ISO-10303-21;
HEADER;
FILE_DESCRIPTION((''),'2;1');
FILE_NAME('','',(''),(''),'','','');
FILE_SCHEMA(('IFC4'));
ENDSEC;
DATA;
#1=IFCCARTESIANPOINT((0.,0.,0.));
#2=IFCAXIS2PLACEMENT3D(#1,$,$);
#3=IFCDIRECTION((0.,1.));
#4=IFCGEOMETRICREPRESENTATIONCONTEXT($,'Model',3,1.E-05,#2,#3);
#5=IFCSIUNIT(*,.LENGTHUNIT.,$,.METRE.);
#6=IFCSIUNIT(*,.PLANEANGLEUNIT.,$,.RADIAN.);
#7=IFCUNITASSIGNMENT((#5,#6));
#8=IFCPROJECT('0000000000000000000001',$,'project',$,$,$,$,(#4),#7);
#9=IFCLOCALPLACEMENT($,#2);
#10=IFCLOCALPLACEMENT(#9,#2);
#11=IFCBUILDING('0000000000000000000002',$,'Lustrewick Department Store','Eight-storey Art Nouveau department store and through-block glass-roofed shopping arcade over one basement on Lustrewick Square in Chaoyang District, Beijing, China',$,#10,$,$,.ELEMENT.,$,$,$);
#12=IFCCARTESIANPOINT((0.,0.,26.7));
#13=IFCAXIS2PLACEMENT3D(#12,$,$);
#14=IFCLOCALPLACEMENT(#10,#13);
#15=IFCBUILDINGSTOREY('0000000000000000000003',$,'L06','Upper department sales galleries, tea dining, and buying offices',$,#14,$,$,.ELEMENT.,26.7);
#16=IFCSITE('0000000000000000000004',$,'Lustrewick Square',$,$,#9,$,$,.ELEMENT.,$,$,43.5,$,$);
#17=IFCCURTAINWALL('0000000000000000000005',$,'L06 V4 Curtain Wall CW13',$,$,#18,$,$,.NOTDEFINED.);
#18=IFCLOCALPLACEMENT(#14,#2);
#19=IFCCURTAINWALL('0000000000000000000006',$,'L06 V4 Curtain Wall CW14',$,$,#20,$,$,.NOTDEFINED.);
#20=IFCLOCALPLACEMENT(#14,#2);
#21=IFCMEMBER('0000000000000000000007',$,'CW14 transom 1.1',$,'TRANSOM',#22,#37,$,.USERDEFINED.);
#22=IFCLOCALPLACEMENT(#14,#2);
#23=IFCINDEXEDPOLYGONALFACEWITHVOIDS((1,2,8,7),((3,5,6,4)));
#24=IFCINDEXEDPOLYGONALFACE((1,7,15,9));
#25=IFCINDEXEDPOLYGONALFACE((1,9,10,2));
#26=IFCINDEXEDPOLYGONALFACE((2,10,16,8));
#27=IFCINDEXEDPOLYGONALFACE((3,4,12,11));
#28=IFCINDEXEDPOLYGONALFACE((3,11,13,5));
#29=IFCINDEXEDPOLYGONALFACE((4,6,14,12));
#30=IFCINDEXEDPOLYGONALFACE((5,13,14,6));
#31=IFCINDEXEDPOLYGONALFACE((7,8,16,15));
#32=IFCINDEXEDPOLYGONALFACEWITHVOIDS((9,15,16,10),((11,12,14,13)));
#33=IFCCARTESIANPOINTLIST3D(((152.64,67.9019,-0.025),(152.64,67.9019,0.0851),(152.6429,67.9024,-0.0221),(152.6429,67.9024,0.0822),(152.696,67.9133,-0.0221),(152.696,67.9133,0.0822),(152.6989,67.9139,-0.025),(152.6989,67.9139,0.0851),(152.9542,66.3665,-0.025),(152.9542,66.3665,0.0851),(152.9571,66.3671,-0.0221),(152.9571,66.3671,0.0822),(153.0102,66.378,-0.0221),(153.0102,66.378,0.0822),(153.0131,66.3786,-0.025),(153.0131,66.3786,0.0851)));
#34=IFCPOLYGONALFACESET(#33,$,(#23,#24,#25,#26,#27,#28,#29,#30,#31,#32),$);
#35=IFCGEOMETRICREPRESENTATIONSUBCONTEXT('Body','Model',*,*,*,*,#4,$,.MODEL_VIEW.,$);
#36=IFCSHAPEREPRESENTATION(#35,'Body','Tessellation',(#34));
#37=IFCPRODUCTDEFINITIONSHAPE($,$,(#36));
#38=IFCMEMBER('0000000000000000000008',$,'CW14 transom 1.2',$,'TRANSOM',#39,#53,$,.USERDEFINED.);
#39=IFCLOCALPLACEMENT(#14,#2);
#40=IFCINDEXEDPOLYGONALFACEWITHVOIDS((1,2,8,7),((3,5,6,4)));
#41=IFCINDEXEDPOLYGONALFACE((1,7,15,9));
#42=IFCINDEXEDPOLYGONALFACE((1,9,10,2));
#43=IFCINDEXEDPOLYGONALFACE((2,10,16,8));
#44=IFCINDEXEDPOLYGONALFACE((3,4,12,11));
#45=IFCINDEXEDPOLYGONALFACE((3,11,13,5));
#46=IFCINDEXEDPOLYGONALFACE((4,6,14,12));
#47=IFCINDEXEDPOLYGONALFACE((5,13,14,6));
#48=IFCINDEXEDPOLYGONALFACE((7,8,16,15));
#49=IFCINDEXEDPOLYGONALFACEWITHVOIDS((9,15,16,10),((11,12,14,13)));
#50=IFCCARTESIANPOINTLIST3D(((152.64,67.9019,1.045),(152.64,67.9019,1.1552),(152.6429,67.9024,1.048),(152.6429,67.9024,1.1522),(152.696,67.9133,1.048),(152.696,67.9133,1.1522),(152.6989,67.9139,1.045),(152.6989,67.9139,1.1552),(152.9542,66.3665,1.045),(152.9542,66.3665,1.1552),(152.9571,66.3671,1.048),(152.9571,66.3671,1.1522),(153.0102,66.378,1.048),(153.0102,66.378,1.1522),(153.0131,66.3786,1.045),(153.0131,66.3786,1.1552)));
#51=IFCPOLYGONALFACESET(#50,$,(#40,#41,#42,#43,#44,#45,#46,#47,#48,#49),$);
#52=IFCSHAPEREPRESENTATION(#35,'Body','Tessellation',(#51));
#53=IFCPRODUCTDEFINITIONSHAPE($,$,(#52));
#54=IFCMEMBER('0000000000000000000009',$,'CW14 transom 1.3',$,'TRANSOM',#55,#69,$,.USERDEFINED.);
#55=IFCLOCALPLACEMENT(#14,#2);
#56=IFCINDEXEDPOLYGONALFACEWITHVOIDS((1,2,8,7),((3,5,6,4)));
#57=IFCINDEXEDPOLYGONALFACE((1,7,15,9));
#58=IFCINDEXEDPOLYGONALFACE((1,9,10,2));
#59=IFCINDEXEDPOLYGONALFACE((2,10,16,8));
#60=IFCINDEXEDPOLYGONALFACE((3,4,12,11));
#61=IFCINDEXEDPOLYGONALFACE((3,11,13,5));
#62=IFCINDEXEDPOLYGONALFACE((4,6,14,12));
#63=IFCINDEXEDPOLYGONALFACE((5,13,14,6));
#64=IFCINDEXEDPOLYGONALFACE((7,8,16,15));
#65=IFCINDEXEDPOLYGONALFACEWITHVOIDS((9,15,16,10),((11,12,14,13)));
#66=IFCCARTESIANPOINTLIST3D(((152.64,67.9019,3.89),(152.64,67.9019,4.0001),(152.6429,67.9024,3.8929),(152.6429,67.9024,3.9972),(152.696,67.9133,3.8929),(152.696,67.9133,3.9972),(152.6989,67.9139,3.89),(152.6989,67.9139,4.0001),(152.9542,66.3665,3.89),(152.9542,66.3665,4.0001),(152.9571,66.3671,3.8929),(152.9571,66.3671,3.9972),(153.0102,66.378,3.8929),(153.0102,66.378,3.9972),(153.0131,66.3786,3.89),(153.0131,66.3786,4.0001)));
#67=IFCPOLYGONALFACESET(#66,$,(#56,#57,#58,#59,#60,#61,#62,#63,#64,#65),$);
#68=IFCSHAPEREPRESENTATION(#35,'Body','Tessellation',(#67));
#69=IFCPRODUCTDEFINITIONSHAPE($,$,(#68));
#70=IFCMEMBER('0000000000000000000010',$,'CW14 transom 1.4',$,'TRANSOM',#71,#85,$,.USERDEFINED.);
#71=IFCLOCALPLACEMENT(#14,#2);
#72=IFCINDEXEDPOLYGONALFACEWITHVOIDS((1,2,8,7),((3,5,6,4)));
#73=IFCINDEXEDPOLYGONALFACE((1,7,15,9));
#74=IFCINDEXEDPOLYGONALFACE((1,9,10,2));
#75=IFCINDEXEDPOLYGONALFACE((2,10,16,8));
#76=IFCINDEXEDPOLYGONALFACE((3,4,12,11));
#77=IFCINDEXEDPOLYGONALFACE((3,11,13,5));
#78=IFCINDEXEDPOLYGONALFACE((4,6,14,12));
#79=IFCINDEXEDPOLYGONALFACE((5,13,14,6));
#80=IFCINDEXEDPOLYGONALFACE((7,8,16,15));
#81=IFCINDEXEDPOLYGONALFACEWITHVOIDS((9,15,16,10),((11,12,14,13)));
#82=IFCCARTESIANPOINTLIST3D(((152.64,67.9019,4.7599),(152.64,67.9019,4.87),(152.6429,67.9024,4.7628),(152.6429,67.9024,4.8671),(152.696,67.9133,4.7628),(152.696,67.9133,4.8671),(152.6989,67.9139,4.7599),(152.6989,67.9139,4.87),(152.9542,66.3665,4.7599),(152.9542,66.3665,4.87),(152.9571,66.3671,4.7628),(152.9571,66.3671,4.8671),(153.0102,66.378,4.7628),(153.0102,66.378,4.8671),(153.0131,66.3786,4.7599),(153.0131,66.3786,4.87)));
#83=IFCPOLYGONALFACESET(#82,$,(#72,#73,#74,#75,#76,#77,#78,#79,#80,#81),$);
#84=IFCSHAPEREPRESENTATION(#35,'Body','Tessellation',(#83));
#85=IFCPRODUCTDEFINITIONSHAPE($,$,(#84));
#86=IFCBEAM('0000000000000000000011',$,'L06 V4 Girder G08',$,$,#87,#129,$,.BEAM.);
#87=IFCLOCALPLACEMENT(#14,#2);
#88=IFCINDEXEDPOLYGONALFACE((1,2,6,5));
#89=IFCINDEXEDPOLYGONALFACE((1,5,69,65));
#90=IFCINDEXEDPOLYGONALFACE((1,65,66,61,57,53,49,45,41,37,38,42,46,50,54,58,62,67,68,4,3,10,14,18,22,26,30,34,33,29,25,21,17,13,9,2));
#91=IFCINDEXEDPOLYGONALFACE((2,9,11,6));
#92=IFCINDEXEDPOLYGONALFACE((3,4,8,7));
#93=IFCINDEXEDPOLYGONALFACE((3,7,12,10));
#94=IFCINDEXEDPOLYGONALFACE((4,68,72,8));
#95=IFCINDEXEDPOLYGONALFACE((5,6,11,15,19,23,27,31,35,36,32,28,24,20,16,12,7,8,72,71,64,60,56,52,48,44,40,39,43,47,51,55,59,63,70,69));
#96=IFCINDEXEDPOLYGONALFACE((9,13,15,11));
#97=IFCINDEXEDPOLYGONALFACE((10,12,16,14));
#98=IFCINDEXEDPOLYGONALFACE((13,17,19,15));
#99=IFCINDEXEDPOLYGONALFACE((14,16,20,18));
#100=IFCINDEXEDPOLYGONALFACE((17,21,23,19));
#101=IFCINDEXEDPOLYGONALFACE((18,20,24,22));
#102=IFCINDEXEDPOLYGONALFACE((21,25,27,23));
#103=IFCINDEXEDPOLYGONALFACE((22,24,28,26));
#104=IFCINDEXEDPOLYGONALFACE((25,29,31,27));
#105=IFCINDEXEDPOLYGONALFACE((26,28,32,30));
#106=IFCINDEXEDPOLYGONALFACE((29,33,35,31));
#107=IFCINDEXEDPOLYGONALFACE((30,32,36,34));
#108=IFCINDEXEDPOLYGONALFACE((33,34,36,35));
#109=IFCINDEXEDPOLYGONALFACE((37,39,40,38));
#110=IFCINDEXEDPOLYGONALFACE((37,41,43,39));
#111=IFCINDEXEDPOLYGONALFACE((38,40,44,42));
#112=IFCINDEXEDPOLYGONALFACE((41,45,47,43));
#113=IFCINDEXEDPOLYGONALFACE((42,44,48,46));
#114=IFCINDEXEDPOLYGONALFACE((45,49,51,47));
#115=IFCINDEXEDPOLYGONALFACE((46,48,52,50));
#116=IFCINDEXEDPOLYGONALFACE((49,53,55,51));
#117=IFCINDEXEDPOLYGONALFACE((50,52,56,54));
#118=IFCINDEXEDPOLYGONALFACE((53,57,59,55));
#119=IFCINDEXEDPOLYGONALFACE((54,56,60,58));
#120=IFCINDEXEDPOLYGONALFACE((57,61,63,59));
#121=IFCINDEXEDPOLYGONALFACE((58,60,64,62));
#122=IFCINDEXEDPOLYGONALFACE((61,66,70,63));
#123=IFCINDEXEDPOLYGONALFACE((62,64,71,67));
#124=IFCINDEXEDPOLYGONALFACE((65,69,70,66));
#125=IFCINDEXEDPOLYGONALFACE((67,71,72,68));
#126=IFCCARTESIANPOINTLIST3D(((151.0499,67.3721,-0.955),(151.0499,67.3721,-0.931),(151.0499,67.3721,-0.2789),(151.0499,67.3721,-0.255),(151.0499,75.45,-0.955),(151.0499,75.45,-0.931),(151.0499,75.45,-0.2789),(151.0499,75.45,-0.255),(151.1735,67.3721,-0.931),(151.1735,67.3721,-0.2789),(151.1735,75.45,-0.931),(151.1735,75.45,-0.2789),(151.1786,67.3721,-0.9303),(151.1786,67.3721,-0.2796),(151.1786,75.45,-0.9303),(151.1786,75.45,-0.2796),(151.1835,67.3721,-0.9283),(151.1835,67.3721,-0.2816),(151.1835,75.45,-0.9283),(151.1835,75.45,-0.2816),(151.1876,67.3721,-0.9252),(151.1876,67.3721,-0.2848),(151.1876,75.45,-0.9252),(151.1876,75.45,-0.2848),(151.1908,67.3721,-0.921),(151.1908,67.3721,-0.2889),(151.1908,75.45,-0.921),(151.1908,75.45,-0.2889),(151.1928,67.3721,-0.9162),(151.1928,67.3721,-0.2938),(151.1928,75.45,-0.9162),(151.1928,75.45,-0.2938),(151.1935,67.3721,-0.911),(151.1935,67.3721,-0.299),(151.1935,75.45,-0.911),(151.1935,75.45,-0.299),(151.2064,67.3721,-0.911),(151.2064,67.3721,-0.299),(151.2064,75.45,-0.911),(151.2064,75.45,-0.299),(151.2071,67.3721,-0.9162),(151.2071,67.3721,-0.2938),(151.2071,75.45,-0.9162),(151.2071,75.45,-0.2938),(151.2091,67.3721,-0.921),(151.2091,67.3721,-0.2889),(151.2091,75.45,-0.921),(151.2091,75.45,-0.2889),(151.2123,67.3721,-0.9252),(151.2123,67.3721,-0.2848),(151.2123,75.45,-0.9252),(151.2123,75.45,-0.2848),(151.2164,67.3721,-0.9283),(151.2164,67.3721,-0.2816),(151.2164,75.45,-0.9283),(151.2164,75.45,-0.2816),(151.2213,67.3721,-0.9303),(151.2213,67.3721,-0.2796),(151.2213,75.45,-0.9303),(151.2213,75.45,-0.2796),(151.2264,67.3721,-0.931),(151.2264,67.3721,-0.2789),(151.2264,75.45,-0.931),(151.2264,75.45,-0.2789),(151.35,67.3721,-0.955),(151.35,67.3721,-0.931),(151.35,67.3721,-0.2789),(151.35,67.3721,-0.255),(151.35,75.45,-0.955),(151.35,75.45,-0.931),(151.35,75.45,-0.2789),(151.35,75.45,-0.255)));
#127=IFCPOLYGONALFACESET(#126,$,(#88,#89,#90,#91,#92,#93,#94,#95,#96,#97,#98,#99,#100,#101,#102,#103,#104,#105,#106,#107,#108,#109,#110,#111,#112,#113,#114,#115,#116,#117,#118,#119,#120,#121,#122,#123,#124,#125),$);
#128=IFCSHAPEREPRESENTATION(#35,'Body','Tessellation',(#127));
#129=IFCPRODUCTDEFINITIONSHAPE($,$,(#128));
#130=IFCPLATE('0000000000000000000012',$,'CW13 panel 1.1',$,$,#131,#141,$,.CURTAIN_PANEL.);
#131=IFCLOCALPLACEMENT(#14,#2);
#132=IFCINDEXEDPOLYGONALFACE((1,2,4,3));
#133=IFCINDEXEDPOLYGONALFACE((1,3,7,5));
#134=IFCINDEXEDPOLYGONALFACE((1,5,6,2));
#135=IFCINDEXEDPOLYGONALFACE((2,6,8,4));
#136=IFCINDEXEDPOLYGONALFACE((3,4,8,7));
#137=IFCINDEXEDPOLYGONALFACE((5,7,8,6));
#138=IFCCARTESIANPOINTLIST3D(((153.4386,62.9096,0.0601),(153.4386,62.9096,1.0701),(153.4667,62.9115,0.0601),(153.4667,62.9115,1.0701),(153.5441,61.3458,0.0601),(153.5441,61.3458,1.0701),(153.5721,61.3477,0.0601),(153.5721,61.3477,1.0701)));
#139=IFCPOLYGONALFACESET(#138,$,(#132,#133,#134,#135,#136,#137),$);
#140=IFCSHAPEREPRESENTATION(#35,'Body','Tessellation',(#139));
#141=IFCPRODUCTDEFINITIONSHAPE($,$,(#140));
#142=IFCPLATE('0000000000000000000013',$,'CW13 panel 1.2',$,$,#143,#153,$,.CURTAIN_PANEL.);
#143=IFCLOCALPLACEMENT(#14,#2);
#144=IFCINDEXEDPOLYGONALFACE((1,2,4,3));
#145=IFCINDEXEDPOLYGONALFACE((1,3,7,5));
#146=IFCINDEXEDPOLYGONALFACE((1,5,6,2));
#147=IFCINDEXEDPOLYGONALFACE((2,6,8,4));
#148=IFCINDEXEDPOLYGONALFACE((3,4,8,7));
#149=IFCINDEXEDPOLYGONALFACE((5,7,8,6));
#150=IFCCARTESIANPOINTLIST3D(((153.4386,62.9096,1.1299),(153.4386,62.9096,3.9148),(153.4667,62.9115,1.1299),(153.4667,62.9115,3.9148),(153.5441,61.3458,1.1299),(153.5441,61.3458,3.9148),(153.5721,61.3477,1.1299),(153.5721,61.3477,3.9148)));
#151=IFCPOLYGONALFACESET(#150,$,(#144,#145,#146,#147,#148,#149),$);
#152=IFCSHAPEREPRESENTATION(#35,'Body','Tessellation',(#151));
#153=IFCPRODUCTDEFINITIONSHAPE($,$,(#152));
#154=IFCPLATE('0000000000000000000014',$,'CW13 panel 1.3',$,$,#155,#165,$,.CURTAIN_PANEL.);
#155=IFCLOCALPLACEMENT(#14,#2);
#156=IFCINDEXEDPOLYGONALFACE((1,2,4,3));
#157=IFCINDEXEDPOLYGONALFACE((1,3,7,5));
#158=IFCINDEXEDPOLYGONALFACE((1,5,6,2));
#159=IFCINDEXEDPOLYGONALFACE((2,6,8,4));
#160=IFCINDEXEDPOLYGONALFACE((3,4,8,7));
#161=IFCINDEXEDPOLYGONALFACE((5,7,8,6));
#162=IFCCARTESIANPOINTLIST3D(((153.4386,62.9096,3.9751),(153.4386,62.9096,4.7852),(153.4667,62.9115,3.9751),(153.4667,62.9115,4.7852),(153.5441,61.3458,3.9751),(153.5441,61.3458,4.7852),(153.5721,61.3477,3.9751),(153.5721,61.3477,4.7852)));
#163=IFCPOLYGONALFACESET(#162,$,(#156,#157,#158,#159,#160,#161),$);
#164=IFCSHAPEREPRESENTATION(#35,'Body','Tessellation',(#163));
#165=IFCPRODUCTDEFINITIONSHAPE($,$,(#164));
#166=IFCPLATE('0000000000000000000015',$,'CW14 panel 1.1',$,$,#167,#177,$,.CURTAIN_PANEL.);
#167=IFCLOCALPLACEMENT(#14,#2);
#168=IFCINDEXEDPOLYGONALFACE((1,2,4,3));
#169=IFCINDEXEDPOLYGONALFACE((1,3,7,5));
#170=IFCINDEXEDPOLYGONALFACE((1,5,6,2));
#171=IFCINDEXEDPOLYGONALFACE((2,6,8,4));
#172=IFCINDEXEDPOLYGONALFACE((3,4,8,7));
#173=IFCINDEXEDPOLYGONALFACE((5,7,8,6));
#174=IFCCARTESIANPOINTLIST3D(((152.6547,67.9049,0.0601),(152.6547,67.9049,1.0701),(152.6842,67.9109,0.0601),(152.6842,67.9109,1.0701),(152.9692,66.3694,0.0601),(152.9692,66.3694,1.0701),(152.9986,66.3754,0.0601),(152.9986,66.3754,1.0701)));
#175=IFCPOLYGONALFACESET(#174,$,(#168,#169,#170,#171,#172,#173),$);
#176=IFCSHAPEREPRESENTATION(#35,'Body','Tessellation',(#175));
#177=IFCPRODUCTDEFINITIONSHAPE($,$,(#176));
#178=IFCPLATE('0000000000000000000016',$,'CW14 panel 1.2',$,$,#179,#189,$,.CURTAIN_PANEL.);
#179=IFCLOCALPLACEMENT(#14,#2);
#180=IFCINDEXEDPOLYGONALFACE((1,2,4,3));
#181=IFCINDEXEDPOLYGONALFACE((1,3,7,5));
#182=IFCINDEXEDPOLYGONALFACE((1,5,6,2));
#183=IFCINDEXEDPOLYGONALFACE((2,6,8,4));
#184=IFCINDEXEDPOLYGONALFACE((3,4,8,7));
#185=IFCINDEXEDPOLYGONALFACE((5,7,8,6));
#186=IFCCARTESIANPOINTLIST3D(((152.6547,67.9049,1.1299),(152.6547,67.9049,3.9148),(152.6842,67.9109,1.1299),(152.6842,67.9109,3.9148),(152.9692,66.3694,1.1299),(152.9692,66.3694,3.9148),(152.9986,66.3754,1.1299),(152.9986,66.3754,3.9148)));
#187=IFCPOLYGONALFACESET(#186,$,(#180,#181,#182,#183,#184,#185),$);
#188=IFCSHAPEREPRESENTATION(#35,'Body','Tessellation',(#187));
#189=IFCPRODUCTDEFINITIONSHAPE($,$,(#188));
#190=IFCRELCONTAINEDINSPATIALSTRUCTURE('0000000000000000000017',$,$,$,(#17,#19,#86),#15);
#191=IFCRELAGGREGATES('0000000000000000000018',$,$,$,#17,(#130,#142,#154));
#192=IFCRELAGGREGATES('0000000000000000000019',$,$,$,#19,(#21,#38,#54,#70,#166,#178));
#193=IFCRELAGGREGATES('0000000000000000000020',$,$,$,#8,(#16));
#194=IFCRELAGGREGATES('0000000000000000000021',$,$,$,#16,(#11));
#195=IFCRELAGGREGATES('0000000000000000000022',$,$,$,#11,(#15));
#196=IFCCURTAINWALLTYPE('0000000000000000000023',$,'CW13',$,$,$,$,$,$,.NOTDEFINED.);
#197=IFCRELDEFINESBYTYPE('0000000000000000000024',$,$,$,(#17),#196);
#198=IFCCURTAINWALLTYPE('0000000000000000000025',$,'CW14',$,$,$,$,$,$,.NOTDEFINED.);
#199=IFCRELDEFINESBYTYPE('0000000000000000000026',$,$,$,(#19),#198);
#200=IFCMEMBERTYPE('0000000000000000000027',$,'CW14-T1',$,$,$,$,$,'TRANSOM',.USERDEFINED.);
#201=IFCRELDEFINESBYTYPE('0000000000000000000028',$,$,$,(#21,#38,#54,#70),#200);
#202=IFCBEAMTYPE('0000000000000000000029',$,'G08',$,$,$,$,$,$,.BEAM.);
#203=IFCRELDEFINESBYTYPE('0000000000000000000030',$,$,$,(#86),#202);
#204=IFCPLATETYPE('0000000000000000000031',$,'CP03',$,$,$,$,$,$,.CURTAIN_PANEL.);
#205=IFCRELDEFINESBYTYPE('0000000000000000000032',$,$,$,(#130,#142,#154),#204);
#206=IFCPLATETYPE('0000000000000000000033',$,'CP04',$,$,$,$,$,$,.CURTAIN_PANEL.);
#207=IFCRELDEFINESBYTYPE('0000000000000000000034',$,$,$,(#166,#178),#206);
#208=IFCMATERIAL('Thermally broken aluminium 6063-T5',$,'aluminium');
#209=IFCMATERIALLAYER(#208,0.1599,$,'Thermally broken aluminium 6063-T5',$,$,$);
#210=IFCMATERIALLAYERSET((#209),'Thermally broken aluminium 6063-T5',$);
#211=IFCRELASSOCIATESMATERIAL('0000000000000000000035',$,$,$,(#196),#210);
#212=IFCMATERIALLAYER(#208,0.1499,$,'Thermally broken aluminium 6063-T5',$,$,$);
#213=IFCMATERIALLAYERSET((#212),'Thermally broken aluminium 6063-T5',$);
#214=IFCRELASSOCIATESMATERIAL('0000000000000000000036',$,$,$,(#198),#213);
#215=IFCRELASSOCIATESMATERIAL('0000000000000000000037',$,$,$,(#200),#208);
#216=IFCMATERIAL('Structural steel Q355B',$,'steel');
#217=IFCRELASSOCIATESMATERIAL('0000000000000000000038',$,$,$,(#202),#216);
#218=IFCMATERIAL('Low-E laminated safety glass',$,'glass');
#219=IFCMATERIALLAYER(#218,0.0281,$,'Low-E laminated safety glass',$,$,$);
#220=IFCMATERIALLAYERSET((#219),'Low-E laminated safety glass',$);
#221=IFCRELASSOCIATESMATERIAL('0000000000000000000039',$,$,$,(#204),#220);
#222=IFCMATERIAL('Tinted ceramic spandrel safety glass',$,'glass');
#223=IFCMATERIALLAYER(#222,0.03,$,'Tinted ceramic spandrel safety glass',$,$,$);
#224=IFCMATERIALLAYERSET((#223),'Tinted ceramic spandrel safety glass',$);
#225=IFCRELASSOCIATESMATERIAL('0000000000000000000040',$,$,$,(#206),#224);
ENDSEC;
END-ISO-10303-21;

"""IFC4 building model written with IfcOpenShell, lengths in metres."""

from ifc_helpers import new_model, si_unit, direction, frame, origin, origin_2d, place, context, subcontext, project, spatial, rectangle, hollow_rectangle, i_section, extrude, material, layer, layer_set, material_profile, profile_set, type_object, element, aggregate, save


model = new_model("IFC4")

# Units and contexts
model_context = context("Model", 3, precision=1e-05, world=origin(), true_north=direction((0.0, 1.0)))
body_context = subcontext(model_context, "Body", "Model", "MODEL_VIEW")
ifc_project = project(units=[si_unit("LENGTHUNIT", "METRE"), si_unit("PLANEANGLEUNIT", "RADIAN")], contexts=[model_context])

# Site, building, storey
site_placement = place(None, origin())
site = spatial("IfcSite", under=ifc_project, at=site_placement, Name="Lustrewick Square", CompositionType="ELEMENT", RefElevation=43.5)
building_placement = place(site_placement, origin())
building = spatial("IfcBuilding", under=site, at=building_placement, Name="Lustrewick Department Store", Description="Eight-storey Art Nouveau department store and through-block glass-roofed shopping arcade over one basement on Lustrewick Square in Chaoyang District, Beijing, China", CompositionType="ELEMENT")
storey_placement = place(building_placement, frame((0.0, 0.0, 26.7)))
storey = spatial("IfcBuildingStorey", under=building, at=storey_placement, Name="L06", Description="Upper department sales galleries, tea dining, and buying offices", CompositionType="ELEMENT", Elevation=26.7)

# Shared definitions
ifc_material_1 = material(Name="Structural steel Q355B", Category="steel")

# Curtain walls, members
ifc_material_2 = material(Name="Thermally broken aluminium 6063-T5", Category="aluminium")
ifc_layer_1 = layer(ifc_material_2, 0.1599, Name="Thermally broken aluminium 6063-T5")
ifc_layer_set_1 = layer_set([ifc_layer_1], Name="Thermally broken aluminium 6063-T5")
curtain_wall_type_1 = type_object("IfcCurtainWallType", Name="CW13", PredefinedType="NOTDEFINED", material=ifc_layer_set_1)
curtain_wall_1_placement = place(storey_placement, origin())
curtain_wall_1 = element("IfcCurtainWall", 1, at=curtain_wall_1_placement, inside=storey, type_object=curtain_wall_type_1, Name="L06 V4 Curtain Wall CW13", PredefinedType="NOTDEFINED")
ifc_layer_2 = layer(ifc_material_2, 0.1499, Name="Thermally broken aluminium 6063-T5")
ifc_layer_set_2 = layer_set([ifc_layer_2], Name="Thermally broken aluminium 6063-T5")
curtain_wall_type_2 = type_object("IfcCurtainWallType", Name="CW14", PredefinedType="NOTDEFINED", material=ifc_layer_set_2)
curtain_wall_2_placement = place(storey_placement, origin())
curtain_wall_2 = element("IfcCurtainWall", 2, at=curtain_wall_2_placement, inside=storey, type_object=curtain_wall_type_2, Name="L06 V4 Curtain Wall CW14", PredefinedType="NOTDEFINED")
ifc_material_profile_1 = material_profile(ifc_material_2, hollow_rectangle(XDim=0.0601, YDim=0.1101, WallThickness=0.0029, at=origin_2d()), Name="ALU-T 60x110x3")
ifc_profile_set_1 = profile_set([ifc_material_profile_1], Name="Thermally broken aluminium 6063-T5")
member_type_1 = type_object("IfcMemberType", Name="CW14-T1", ElementType="TRANSOM", PredefinedType="USERDEFINED", material=ifc_profile_set_1)
member_1_placement = place(storey_placement, frame((152.9836, 66.3726, 0.03), z_axis=(-0.200488, 0.979696, 0.0), x_axis=(-0.979696, -0.200488, 0.0)))
member_1 = element("IfcMember", 3, at=member_1_placement, type_object=member_type_1, Name="CW14 transom 1.1", ObjectType="TRANSOM", PredefinedType="USERDEFINED", context=body_context, shape_type="SweptSolid", body=[
    extrude(hollow_rectangle(XDim=0.0601, YDim=0.1101, WallThickness=0.0029, at=origin_2d()), origin(), (0.0, 0.0, 1.0), 1.5671),
])
member_2_placement = place(storey_placement, frame((152.9836, 66.3726, 1.1001), z_axis=(-0.200488, 0.979696, 0.0), x_axis=(-0.979696, -0.200488, 0.0)))
member_2 = element("IfcMember", 4, at=member_2_placement, type_object=member_type_1, Name="CW14 transom 1.2", ObjectType="TRANSOM", PredefinedType="USERDEFINED", context=body_context, shape_type="SweptSolid", body=[
    extrude(hollow_rectangle(XDim=0.0601, YDim=0.1101, WallThickness=0.0029, at=origin_2d()), origin(), (0.0, 0.0, 1.0), 1.5671),
])
member_3_placement = place(storey_placement, frame((152.9836, 66.3726, 3.9451), z_axis=(-0.200488, 0.979696, 0.0), x_axis=(-0.979696, -0.200488, 0.0)))
member_3 = element("IfcMember", 5, at=member_3_placement, type_object=member_type_1, Name="CW14 transom 1.3", ObjectType="TRANSOM", PredefinedType="USERDEFINED", context=body_context, shape_type="SweptSolid", body=[
    extrude(hollow_rectangle(XDim=0.0601, YDim=0.1101, WallThickness=0.0029, at=origin_2d()), origin(), (0.0, 0.0, 1.0), 1.5671),
])
member_4_placement = place(storey_placement, frame((152.9836, 66.3726, 4.8149), z_axis=(-0.200488, 0.979696, 0.0), x_axis=(-0.979696, -0.200488, 0.0)))
member_4 = element("IfcMember", 6, at=member_4_placement, type_object=member_type_1, Name="CW14 transom 1.4", ObjectType="TRANSOM", PredefinedType="USERDEFINED", context=body_context, shape_type="SweptSolid", body=[
    extrude(hollow_rectangle(XDim=0.0601, YDim=0.1101, WallThickness=0.0029, at=origin_2d()), origin(), (0.0, 0.0, 1.0), 1.5671),
])

# Beam
ifc_material_profile_2 = material_profile(ifc_material_1, i_section(OverallWidth=0.3, OverallDepth=0.7, WebThickness=0.0129, FlangeThickness=0.0239, FilletRadius=0.02, at=origin_2d()), Name="HN 700x300x13x24")
ifc_profile_set_2 = profile_set([ifc_material_profile_2], Name="Structural steel Q355B")
beam_type = type_object("IfcBeamType", Name="G08", PredefinedType="BEAM", material=ifc_profile_set_2)
beam_placement = place(storey_placement, frame((151.2, 67.3721, -0.605), z_axis=(0.0, 1.0, 0.0), x_axis=(-1.0, 0.0, 0.0)))
element("IfcBeam", 7, at=beam_placement, inside=storey, type_object=beam_type, Name="L06 V4 Girder G08", PredefinedType="BEAM", context=body_context, shape_type="SweptSolid", body=[
    extrude(i_section(OverallWidth=0.3, OverallDepth=0.7, WebThickness=0.0129, FlangeThickness=0.0239, FilletRadius=0.02, at=origin_2d()), origin(), (0.0, 0.0, 1.0), 8.0779),
])

# Plates
ifc_material_3 = material(Name="Low-E laminated safety glass", Category="glass")
ifc_layer_3 = layer(ifc_material_3, 0.0281, Name="Low-E laminated safety glass")
ifc_layer_set_3 = layer_set([ifc_layer_3], Name="Low-E laminated safety glass")
plate_type_1 = type_object("IfcPlateType", Name="CP03", PredefinedType="CURTAIN_PANEL", material=ifc_layer_set_3)
plate_1_placement = place(storey_placement, frame((153.5054, 62.1287, 0.0601), z_axis=(0.0, 0.0, 1.0), x_axis=(-0.067266, 0.997735, 0.0)))
plate_1 = element("IfcPlate", 8, at=plate_1_placement, type_object=plate_type_1, Name="CW13 panel 1.1", PredefinedType="CURTAIN_PANEL", context=body_context, shape_type="SweptSolid", body=[
    extrude(rectangle(XDim=1.5674, YDim=0.0281, at=origin_2d()), origin(), (0.0, 0.0, 1.0), 1.01),
])
plate_2_placement = place(storey_placement, frame((153.5054, 62.1287, 1.1299), z_axis=(0.0, 0.0, 1.0), x_axis=(-0.067266, 0.997735, 0.0)))
plate_2 = element("IfcPlate", 9, at=plate_2_placement, type_object=plate_type_1, Name="CW13 panel 1.2", PredefinedType="CURTAIN_PANEL", context=body_context, shape_type="SweptSolid", body=[
    extrude(rectangle(XDim=1.5674, YDim=0.0281, at=origin_2d()), origin(), (0.0, 0.0, 1.0), 2.7849),
])
plate_3_placement = place(storey_placement, frame((153.5054, 62.1287, 3.9751), z_axis=(0.0, 0.0, 1.0), x_axis=(-0.067266, 0.997735, 0.0)))
plate_3 = element("IfcPlate", 10, at=plate_3_placement, type_object=plate_type_1, Name="CW13 panel 1.3", PredefinedType="CURTAIN_PANEL", context=body_context, shape_type="SweptSolid", body=[
    extrude(rectangle(XDim=1.5674, YDim=0.0281, at=origin_2d()), origin(), (0.0, 0.0, 1.0), 0.8101),
])
aggregate(curtain_wall_1, [plate_1, plate_2, plate_3])
ifc_material_4 = material(Name="Tinted ceramic spandrel safety glass", Category="glass")
ifc_layer_4 = layer(ifc_material_4, 0.03, Name="Tinted ceramic spandrel safety glass")
ifc_layer_set_4 = layer_set([ifc_layer_4], Name="Tinted ceramic spandrel safety glass")
plate_type_2 = type_object("IfcPlateType", Name="CP04", PredefinedType="CURTAIN_PANEL", material=ifc_layer_set_4)
plate_4_placement = place(storey_placement, frame((152.8267, 67.1401, 0.0601), z_axis=(0.0, 0.0, 1.0), x_axis=(-0.200604, 0.979672, 0.0)))
plate_4 = element("IfcPlate", 11, at=plate_4_placement, type_object=plate_type_2, Name="CW14 panel 1.1", PredefinedType="CURTAIN_PANEL", context=body_context, shape_type="SweptSolid", body=[
    extrude(rectangle(XDim=1.5674, YDim=0.03, at=origin_2d()), origin(), (0.0, 0.0, 1.0), 1.01),
])
plate_5_placement = place(storey_placement, frame((152.8267, 67.1401, 1.1299), z_axis=(0.0, 0.0, 1.0), x_axis=(-0.200604, 0.979672, 0.0)))
plate_5 = element("IfcPlate", 12, at=plate_5_placement, type_object=plate_type_2, Name="CW14 panel 1.2", PredefinedType="CURTAIN_PANEL", context=body_context, shape_type="SweptSolid", body=[
    extrude(rectangle(XDim=1.5674, YDim=0.03, at=origin_2d()), origin(), (0.0, 0.0, 1.0), 2.7849),
])
aggregate(curtain_wall_2, [member_1, member_2, member_3, member_4, plate_4, plate_5])

save(model, "model.ifc")
